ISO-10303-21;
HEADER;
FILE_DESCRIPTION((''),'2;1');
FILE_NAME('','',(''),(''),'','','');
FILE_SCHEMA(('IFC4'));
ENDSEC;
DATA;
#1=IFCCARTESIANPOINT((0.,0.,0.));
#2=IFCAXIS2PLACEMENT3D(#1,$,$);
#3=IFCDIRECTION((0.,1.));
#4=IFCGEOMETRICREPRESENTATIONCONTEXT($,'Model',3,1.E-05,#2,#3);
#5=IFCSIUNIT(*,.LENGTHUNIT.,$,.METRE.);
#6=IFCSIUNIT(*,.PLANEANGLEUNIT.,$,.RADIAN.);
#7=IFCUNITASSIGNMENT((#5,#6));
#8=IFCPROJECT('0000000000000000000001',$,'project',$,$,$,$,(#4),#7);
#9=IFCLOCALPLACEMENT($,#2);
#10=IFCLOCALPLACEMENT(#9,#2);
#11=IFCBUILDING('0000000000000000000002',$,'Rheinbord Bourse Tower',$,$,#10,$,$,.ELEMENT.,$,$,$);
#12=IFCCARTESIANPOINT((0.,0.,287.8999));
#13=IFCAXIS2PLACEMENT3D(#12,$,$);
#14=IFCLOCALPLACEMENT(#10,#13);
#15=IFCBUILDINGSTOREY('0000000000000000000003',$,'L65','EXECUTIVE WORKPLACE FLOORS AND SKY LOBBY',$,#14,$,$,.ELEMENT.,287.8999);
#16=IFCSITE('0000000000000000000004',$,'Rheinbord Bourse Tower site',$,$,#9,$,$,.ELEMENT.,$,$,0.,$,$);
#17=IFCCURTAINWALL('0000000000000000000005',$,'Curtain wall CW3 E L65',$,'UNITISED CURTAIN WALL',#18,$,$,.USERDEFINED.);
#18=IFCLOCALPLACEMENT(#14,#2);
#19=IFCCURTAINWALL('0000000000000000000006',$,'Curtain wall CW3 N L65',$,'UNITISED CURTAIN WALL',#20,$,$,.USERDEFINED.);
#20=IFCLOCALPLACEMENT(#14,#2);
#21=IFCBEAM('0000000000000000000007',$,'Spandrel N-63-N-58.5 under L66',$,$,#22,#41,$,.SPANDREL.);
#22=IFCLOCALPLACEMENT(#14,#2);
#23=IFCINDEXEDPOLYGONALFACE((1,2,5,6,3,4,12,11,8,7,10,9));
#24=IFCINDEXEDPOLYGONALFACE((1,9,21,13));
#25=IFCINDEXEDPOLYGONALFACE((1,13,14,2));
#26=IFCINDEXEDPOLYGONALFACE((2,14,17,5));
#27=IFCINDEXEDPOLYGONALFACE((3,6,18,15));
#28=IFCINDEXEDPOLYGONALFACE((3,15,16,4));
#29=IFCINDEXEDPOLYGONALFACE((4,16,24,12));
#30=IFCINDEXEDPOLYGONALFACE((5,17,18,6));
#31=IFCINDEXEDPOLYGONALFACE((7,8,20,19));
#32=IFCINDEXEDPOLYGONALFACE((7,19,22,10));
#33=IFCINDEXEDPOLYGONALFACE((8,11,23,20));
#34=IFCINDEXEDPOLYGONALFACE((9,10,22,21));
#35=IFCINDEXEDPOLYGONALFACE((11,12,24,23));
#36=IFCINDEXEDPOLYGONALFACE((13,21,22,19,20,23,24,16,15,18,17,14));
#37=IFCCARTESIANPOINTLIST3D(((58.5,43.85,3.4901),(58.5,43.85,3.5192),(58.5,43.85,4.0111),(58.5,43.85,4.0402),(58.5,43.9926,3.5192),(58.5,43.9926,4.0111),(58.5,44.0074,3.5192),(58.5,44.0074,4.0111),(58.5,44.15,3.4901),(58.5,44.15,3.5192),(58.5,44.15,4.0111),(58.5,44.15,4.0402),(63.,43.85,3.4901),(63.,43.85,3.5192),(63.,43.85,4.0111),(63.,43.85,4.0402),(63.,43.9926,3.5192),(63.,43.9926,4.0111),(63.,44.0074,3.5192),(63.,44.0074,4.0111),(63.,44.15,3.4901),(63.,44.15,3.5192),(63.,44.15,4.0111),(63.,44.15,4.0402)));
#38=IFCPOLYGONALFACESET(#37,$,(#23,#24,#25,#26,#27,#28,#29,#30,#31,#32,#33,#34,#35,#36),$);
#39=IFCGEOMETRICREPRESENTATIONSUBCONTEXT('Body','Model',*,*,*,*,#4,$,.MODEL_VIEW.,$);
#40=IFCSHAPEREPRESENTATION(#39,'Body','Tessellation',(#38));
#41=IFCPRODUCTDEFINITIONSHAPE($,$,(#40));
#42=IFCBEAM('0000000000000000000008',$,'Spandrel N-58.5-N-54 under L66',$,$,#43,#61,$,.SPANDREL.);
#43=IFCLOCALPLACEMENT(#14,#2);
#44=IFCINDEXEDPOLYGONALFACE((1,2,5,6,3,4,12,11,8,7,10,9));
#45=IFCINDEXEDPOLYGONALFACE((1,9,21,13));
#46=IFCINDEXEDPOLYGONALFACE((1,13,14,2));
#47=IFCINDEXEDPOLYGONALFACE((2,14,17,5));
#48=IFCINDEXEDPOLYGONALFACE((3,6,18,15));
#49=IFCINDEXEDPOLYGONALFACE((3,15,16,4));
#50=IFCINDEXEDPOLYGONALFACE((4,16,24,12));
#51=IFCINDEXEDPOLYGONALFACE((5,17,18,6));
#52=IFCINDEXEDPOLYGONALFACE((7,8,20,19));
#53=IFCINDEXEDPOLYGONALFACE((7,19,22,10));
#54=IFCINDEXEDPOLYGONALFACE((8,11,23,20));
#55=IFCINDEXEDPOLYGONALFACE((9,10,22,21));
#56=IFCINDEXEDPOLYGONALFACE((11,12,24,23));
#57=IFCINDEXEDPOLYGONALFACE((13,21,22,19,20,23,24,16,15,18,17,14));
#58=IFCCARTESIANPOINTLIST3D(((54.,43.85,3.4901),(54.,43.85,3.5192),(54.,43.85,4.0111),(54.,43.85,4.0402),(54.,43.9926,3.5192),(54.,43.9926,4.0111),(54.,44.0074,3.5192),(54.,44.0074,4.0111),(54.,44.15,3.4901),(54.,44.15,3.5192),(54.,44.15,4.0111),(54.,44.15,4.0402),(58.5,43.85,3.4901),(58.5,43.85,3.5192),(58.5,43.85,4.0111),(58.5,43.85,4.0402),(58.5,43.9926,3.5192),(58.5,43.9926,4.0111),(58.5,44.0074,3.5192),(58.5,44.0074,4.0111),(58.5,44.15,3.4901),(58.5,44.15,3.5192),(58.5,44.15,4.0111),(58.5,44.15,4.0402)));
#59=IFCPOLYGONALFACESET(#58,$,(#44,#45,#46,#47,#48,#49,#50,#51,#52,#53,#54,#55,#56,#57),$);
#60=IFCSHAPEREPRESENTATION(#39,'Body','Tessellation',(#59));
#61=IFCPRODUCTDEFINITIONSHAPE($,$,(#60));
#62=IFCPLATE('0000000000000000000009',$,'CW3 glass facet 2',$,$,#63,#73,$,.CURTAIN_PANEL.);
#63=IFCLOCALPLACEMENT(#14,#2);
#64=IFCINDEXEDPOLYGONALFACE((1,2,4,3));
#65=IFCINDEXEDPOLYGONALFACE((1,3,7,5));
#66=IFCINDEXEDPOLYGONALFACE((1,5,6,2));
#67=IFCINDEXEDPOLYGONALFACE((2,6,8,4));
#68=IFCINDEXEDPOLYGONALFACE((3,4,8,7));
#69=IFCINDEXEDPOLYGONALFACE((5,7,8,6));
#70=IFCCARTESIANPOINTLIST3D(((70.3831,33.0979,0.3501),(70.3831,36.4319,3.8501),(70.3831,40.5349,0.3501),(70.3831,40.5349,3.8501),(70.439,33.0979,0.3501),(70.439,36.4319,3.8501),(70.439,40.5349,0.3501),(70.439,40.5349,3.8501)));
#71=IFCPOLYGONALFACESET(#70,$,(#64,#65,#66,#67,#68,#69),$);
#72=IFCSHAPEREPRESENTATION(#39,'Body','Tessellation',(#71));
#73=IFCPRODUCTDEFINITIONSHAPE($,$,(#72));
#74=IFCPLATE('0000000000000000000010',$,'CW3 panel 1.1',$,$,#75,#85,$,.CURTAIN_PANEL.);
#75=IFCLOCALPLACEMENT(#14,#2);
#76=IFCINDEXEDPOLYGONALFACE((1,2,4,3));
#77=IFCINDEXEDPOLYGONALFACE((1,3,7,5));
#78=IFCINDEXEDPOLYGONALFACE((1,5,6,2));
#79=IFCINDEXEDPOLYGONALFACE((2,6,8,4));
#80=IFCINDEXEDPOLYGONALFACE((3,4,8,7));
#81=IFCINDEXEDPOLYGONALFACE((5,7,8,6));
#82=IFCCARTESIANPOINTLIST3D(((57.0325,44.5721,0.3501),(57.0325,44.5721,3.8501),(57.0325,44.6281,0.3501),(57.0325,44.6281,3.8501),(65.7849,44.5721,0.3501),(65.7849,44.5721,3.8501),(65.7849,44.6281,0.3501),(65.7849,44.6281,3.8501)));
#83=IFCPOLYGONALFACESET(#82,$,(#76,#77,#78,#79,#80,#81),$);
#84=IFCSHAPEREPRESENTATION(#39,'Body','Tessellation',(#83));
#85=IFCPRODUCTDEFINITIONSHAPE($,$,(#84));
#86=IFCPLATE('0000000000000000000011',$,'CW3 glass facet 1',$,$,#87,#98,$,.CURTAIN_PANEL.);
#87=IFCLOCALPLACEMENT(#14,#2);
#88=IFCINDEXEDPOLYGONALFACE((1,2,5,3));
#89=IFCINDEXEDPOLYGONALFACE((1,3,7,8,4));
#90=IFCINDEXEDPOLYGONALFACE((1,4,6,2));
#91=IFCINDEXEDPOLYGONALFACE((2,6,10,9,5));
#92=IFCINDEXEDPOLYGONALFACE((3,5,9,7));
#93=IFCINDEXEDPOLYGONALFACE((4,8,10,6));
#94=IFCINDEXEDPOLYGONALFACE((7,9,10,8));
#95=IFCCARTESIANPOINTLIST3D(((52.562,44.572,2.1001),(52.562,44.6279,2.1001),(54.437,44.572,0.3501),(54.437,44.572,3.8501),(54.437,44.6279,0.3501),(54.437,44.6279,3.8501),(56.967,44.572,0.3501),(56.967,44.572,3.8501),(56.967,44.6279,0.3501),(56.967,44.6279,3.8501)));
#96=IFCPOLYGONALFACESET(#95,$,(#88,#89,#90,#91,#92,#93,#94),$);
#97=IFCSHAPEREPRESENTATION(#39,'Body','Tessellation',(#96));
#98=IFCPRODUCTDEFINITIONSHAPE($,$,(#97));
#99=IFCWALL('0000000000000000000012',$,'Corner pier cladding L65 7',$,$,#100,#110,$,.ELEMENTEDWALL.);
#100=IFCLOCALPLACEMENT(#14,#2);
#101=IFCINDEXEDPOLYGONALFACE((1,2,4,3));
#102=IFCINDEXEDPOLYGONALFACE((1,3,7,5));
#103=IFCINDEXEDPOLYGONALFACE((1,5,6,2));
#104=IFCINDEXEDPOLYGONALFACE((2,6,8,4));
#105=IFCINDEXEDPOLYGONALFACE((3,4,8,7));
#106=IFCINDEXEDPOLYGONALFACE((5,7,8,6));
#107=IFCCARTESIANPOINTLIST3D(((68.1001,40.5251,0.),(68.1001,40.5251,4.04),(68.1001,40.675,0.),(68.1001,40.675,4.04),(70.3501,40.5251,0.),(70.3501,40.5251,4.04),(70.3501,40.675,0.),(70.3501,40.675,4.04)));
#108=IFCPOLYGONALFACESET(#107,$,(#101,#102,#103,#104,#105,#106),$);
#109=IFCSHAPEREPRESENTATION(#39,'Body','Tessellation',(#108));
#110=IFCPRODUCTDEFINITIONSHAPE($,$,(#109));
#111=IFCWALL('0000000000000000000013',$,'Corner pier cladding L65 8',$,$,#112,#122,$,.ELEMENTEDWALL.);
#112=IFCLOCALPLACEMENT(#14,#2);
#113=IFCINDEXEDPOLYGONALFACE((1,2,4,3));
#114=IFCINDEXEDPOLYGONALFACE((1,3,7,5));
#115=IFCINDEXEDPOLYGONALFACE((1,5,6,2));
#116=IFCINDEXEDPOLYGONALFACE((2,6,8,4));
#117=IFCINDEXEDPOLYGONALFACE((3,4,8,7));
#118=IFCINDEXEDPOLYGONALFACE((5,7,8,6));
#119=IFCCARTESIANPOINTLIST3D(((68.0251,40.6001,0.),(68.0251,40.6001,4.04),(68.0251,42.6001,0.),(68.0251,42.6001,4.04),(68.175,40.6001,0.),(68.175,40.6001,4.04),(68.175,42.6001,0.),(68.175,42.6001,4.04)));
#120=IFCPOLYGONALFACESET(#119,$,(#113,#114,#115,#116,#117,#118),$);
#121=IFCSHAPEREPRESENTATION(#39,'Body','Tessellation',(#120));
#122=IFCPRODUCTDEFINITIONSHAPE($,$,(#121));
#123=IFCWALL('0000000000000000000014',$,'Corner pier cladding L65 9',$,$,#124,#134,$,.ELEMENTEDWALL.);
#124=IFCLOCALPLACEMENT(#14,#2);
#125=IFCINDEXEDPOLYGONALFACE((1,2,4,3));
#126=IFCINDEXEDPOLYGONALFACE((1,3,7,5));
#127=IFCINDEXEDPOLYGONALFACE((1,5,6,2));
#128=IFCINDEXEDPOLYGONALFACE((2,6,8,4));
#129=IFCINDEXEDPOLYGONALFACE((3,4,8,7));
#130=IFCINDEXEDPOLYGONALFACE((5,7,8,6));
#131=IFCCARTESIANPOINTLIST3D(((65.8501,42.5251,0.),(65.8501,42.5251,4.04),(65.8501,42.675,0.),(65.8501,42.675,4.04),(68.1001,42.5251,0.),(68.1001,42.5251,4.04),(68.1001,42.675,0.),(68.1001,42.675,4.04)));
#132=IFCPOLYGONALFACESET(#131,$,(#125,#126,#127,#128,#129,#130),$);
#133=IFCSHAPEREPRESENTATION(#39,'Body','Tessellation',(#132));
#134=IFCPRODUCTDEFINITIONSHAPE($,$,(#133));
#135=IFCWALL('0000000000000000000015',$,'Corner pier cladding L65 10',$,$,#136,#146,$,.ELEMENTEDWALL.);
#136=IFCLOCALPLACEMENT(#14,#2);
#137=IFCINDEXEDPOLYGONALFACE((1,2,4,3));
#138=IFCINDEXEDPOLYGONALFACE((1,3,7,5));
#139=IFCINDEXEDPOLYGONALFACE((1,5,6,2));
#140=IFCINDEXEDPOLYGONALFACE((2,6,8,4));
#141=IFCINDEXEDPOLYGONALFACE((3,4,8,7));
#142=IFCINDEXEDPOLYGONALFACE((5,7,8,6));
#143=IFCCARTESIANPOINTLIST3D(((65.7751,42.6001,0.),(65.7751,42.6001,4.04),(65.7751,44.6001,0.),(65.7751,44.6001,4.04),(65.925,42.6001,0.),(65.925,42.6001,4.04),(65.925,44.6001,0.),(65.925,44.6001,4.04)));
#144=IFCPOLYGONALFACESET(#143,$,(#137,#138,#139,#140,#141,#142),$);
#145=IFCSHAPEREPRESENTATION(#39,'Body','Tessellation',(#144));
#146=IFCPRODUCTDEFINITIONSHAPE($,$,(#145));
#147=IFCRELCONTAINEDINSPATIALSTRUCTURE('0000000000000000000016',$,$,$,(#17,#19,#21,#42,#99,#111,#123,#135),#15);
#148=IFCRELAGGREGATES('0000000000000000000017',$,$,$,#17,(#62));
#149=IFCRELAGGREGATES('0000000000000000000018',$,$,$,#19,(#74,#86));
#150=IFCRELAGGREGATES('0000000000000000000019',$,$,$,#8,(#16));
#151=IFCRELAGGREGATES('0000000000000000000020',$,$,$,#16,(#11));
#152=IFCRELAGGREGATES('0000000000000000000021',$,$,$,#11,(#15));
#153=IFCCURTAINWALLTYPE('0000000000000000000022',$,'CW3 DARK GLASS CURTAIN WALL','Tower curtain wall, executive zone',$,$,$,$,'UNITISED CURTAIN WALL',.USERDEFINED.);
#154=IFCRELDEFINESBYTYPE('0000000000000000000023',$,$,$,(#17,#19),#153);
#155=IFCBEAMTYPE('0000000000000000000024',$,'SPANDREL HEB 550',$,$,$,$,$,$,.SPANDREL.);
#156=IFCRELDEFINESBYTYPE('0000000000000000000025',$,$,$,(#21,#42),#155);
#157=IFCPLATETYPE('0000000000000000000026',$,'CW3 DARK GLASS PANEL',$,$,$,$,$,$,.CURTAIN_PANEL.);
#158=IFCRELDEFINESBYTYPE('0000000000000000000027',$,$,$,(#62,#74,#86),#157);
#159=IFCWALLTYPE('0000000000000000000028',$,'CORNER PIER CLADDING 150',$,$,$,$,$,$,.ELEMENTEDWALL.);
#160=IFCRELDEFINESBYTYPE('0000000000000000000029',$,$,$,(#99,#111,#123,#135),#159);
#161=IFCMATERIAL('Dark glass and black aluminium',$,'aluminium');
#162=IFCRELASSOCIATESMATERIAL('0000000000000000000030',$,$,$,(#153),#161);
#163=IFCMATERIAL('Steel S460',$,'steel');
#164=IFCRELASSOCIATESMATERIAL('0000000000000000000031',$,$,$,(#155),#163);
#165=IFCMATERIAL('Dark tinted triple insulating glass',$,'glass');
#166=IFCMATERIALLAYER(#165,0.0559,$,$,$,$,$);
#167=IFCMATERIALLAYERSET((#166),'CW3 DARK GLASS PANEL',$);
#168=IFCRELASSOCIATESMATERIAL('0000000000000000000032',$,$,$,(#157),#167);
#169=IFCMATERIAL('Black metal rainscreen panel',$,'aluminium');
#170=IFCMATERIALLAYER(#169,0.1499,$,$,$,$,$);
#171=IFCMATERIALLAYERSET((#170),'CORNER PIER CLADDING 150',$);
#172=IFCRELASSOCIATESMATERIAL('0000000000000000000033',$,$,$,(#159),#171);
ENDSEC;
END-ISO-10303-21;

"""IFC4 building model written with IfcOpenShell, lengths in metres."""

from ifc_helpers import new_model, si_unit, direction, frame, frame_2d, origin, origin_2d, place, context, subcontext, project, spatial, polyline, rectangle, i_section, outline, extrude, material, layer, layer_set, material_profile, profile_set, type_object, element, aggregate, save


model = new_model("IFC4")

# Units and contexts
model_context = context("Model", 3, precision=1e-05, world=origin(), true_north=direction((0.0, 1.0)))
body_context = subcontext(model_context, "Body", "Model", "MODEL_VIEW")
ifc_project = project(units=[si_unit("LENGTHUNIT", "METRE"), si_unit("PLANEANGLEUNIT", "RADIAN")], contexts=[model_context])

# Site, building, storey
site_placement = place(None, origin())
site = spatial("IfcSite", under=ifc_project, at=site_placement, Name="Rheinbord Bourse Tower site", CompositionType="ELEMENT", RefElevation=0.0)
building_placement = place(site_placement, origin())
building = spatial("IfcBuilding", under=site, at=building_placement, Name="Rheinbord Bourse Tower", CompositionType="ELEMENT")
storey_placement = place(building_placement, frame((0.0, 0.0, 287.8999)))
storey = spatial("IfcBuildingStorey", under=building, at=storey_placement, Name="L65", Description="EXECUTIVE WORKPLACE FLOORS AND SKY LOBBY", CompositionType="ELEMENT", Elevation=287.8999)

# Curtain wall
ifc_material_1 = material(Name="Dark glass and black aluminium", Category="aluminium")
curtain_wall_type = type_object("IfcCurtainWallType", Name="CW3 DARK GLASS CURTAIN WALL", Description="Tower curtain wall, executive zone", ElementType="UNITISED CURTAIN WALL", PredefinedType="USERDEFINED", material=ifc_material_1)
curtain_wall_1_placement = place(storey_placement, origin())
curtain_wall_1 = element("IfcCurtainWall", 1, at=curtain_wall_1_placement, inside=storey, type_object=curtain_wall_type, Name="Curtain wall CW3 E L65", ObjectType="UNITISED CURTAIN WALL", PredefinedType="USERDEFINED")

# Curtain wall
curtain_wall_2_placement = place(storey_placement, origin())
curtain_wall_2 = element("IfcCurtainWall", 2, at=curtain_wall_2_placement, inside=storey, type_object=curtain_wall_type, Name="Curtain wall CW3 N L65", ObjectType="UNITISED CURTAIN WALL", PredefinedType="USERDEFINED")

# Beams
ifc_material_2 = material(Name="Steel S460", Category="steel")
ifc_material_profile_1 = material_profile(ifc_material_2, i_section(OverallWidth=0.3, OverallDepth=0.55, WebThickness=0.0149, FlangeThickness=0.0291, at=origin_2d()), Name="HEB 550")
ifc_profile_set_1 = profile_set([ifc_material_profile_1], Name="Steel S460")
beam_type_1 = type_object("IfcBeamType", Name="SPANDREL HEB 550", PredefinedType="SPANDREL", material=ifc_profile_set_1)
for number, where, z_axis, x_axis, name in (
    (3, (63.0, 44.0, 3.7651), (-1.0, 0.0, 0.0), (0.0, -1.0, 0.0), "Spandrel N-63-N-58.5 under L66"),
    (4, (58.5, 44.0, 3.7651), (-1.0, 0.0, 0.0), (0.0, -1.0, 0.0), "Spandrel N-58.5-N-54 under L66"),
):
    element("IfcBeam", number, at=place(storey_placement, frame(where, z_axis=z_axis, x_axis=x_axis)), inside=storey, type_object=beam_type_1, Name=name, PredefinedType="SPANDREL", context=body_context, shape_type="SweptSolid", body=[
        extrude(i_section(OverallWidth=0.3, OverallDepth=0.55, WebThickness=0.0149, FlangeThickness=0.0291, at=origin_2d()), origin(), (0.0, 0.0, 1.0), 4.5),
    ])

# Plates
ifc_material_3 = material(Name="Dark tinted triple insulating glass", Category="glass")
ifc_layer_1 = layer(ifc_material_3, 0.0559)
ifc_layer_set_1 = layer_set([ifc_layer_1], Name="CW3 DARK GLASS PANEL")
plate_type = type_object("IfcPlateType", Name="CW3 DARK GLASS PANEL", PredefinedType="CURTAIN_PANEL", material=ifc_layer_set_1)
plate_1_placement = place(storey_placement, frame((70.439, 40.5349, 3.8501), z_axis=(-1.0, 0.0, 0.0), x_axis=(0.0, 0.0, -1.0)))
plate_1 = element("IfcPlate", 5, at=plate_1_placement, type_object=plate_type, Name="CW3 glass facet 2", PredefinedType="CURTAIN_PANEL", context=body_context, shape_type="SweptSolid", body=[
    extrude(outline(polyline([(0.0, 0.0), (3.5, 0.0), (3.5, 7.437), (0.0, 4.103), (0.0, 0.0)])), origin(), (0.0, 0.0, 1.0), 0.0559),
])
aggregate(curtain_wall_1, [plate_1])
plate_2_placement = place(storey_placement, frame((61.4087, 44.6001, 0.3501), z_axis=(0.0, 0.0, 1.0), x_axis=(-1.0, 0.0, 0.0)))
plate_2 = element("IfcPlate", 6, at=plate_2_placement, type_object=plate_type, Name="CW3 panel 1.1", PredefinedType="CURTAIN_PANEL", context=body_context, shape_type="SweptSolid", body=[
    extrude(rectangle(XDim=8.7524, YDim=0.0559, at=origin_2d()), origin(), (0.0, 0.0, 1.0), 3.5),
])
plate_3_placement = place(storey_placement, frame((56.967, 44.6279, 0.3501), z_axis=(0.0, -1.0, 0.0), x_axis=(0.0, 0.0, 1.0)))
plate_3 = element("IfcPlate", 7, at=plate_3_placement, type_object=plate_type, Name="CW3 glass facet 1", PredefinedType="CURTAIN_PANEL", context=body_context, shape_type="SweptSolid", body=[
    extrude(outline(polyline([(0.0, 0.0), (3.5, 0.0), (3.5, 2.53), (1.75, 4.405), (0.0, 2.53), (0.0, 0.0)])), origin(), (0.0, 0.0, 1.0), 0.0559),
])
aggregate(curtain_wall_2, [plate_2, plate_3])

# Walls
ifc_material_4 = material(Name="Black metal rainscreen panel", Category="aluminium")
ifc_layer_2 = layer(ifc_material_4, 0.1499)
ifc_layer_set_2 = layer_set([ifc_layer_2], Name="CORNER PIER CLADDING 150")
wall_type = type_object("IfcWallType", Name="CORNER PIER CLADDING 150", PredefinedType="ELEMENTEDWALL", material=ifc_layer_set_2)
wall_1_placement = place(storey_placement, frame((70.3501, 40.6001, 0.0), z_axis=(0.0, 0.0, 1.0), x_axis=(-1.0, 0.0, 0.0)))
element("IfcWall", 8, at=wall_1_placement, inside=storey, type_object=wall_type, Name="Corner pier cladding L65 7", PredefinedType="ELEMENTEDWALL", context=body_context, shape_type="SweptSolid", body=[
    extrude(rectangle(XDim=2.25, YDim=0.1499, at=frame_2d((1.125, 0.0))), origin(), (0.0, 0.0, 1.0), 4.04),
])
wall_2_placement = place(storey_placement, frame((68.1001, 40.6001, 0.0), z_axis=(0.0, 0.0, 1.0), x_axis=(0.0, 1.0, 0.0)))
element("IfcWall", 9, at=wall_2_placement, inside=storey, type_object=wall_type, Name="Corner pier cladding L65 8", PredefinedType="ELEMENTEDWALL", context=body_context, shape_type="SweptSolid", body=[
    extrude(rectangle(XDim=2.0, YDim=0.1499, at=frame_2d((1.0, 0.0))), origin(), (0.0, 0.0, 1.0), 4.04),
])
wall_3_placement = place(storey_placement, frame((68.1001, 42.6001, 0.0), z_axis=(0.0, 0.0, 1.0), x_axis=(-1.0, 0.0, 0.0)))
element("IfcWall", 10, at=wall_3_placement, inside=storey, type_object=wall_type, Name="Corner pier cladding L65 9", PredefinedType="ELEMENTEDWALL", context=body_context, shape_type="SweptSolid", body=[
    extrude(rectangle(XDim=2.25, YDim=0.1499, at=frame_2d((1.125, 0.0))), origin(), (0.0, 0.0, 1.0), 4.04),
])
wall_4_placement = place(storey_placement, frame((65.8501, 42.6001, 0.0), z_axis=(0.0, 0.0, 1.0), x_axis=(0.0, 1.0, 0.0)))
element("IfcWall", 11, at=wall_4_placement, inside=storey, type_object=wall_type, Name="Corner pier cladding L65 10", PredefinedType="ELEMENTEDWALL", context=body_context, shape_type="SweptSolid", body=[
    extrude(rectangle(XDim=2.0, YDim=0.1499, at=frame_2d((1.0, 0.0))), origin(), (0.0, 0.0, 1.0), 4.04),
])

save(model, "model.ifc")
